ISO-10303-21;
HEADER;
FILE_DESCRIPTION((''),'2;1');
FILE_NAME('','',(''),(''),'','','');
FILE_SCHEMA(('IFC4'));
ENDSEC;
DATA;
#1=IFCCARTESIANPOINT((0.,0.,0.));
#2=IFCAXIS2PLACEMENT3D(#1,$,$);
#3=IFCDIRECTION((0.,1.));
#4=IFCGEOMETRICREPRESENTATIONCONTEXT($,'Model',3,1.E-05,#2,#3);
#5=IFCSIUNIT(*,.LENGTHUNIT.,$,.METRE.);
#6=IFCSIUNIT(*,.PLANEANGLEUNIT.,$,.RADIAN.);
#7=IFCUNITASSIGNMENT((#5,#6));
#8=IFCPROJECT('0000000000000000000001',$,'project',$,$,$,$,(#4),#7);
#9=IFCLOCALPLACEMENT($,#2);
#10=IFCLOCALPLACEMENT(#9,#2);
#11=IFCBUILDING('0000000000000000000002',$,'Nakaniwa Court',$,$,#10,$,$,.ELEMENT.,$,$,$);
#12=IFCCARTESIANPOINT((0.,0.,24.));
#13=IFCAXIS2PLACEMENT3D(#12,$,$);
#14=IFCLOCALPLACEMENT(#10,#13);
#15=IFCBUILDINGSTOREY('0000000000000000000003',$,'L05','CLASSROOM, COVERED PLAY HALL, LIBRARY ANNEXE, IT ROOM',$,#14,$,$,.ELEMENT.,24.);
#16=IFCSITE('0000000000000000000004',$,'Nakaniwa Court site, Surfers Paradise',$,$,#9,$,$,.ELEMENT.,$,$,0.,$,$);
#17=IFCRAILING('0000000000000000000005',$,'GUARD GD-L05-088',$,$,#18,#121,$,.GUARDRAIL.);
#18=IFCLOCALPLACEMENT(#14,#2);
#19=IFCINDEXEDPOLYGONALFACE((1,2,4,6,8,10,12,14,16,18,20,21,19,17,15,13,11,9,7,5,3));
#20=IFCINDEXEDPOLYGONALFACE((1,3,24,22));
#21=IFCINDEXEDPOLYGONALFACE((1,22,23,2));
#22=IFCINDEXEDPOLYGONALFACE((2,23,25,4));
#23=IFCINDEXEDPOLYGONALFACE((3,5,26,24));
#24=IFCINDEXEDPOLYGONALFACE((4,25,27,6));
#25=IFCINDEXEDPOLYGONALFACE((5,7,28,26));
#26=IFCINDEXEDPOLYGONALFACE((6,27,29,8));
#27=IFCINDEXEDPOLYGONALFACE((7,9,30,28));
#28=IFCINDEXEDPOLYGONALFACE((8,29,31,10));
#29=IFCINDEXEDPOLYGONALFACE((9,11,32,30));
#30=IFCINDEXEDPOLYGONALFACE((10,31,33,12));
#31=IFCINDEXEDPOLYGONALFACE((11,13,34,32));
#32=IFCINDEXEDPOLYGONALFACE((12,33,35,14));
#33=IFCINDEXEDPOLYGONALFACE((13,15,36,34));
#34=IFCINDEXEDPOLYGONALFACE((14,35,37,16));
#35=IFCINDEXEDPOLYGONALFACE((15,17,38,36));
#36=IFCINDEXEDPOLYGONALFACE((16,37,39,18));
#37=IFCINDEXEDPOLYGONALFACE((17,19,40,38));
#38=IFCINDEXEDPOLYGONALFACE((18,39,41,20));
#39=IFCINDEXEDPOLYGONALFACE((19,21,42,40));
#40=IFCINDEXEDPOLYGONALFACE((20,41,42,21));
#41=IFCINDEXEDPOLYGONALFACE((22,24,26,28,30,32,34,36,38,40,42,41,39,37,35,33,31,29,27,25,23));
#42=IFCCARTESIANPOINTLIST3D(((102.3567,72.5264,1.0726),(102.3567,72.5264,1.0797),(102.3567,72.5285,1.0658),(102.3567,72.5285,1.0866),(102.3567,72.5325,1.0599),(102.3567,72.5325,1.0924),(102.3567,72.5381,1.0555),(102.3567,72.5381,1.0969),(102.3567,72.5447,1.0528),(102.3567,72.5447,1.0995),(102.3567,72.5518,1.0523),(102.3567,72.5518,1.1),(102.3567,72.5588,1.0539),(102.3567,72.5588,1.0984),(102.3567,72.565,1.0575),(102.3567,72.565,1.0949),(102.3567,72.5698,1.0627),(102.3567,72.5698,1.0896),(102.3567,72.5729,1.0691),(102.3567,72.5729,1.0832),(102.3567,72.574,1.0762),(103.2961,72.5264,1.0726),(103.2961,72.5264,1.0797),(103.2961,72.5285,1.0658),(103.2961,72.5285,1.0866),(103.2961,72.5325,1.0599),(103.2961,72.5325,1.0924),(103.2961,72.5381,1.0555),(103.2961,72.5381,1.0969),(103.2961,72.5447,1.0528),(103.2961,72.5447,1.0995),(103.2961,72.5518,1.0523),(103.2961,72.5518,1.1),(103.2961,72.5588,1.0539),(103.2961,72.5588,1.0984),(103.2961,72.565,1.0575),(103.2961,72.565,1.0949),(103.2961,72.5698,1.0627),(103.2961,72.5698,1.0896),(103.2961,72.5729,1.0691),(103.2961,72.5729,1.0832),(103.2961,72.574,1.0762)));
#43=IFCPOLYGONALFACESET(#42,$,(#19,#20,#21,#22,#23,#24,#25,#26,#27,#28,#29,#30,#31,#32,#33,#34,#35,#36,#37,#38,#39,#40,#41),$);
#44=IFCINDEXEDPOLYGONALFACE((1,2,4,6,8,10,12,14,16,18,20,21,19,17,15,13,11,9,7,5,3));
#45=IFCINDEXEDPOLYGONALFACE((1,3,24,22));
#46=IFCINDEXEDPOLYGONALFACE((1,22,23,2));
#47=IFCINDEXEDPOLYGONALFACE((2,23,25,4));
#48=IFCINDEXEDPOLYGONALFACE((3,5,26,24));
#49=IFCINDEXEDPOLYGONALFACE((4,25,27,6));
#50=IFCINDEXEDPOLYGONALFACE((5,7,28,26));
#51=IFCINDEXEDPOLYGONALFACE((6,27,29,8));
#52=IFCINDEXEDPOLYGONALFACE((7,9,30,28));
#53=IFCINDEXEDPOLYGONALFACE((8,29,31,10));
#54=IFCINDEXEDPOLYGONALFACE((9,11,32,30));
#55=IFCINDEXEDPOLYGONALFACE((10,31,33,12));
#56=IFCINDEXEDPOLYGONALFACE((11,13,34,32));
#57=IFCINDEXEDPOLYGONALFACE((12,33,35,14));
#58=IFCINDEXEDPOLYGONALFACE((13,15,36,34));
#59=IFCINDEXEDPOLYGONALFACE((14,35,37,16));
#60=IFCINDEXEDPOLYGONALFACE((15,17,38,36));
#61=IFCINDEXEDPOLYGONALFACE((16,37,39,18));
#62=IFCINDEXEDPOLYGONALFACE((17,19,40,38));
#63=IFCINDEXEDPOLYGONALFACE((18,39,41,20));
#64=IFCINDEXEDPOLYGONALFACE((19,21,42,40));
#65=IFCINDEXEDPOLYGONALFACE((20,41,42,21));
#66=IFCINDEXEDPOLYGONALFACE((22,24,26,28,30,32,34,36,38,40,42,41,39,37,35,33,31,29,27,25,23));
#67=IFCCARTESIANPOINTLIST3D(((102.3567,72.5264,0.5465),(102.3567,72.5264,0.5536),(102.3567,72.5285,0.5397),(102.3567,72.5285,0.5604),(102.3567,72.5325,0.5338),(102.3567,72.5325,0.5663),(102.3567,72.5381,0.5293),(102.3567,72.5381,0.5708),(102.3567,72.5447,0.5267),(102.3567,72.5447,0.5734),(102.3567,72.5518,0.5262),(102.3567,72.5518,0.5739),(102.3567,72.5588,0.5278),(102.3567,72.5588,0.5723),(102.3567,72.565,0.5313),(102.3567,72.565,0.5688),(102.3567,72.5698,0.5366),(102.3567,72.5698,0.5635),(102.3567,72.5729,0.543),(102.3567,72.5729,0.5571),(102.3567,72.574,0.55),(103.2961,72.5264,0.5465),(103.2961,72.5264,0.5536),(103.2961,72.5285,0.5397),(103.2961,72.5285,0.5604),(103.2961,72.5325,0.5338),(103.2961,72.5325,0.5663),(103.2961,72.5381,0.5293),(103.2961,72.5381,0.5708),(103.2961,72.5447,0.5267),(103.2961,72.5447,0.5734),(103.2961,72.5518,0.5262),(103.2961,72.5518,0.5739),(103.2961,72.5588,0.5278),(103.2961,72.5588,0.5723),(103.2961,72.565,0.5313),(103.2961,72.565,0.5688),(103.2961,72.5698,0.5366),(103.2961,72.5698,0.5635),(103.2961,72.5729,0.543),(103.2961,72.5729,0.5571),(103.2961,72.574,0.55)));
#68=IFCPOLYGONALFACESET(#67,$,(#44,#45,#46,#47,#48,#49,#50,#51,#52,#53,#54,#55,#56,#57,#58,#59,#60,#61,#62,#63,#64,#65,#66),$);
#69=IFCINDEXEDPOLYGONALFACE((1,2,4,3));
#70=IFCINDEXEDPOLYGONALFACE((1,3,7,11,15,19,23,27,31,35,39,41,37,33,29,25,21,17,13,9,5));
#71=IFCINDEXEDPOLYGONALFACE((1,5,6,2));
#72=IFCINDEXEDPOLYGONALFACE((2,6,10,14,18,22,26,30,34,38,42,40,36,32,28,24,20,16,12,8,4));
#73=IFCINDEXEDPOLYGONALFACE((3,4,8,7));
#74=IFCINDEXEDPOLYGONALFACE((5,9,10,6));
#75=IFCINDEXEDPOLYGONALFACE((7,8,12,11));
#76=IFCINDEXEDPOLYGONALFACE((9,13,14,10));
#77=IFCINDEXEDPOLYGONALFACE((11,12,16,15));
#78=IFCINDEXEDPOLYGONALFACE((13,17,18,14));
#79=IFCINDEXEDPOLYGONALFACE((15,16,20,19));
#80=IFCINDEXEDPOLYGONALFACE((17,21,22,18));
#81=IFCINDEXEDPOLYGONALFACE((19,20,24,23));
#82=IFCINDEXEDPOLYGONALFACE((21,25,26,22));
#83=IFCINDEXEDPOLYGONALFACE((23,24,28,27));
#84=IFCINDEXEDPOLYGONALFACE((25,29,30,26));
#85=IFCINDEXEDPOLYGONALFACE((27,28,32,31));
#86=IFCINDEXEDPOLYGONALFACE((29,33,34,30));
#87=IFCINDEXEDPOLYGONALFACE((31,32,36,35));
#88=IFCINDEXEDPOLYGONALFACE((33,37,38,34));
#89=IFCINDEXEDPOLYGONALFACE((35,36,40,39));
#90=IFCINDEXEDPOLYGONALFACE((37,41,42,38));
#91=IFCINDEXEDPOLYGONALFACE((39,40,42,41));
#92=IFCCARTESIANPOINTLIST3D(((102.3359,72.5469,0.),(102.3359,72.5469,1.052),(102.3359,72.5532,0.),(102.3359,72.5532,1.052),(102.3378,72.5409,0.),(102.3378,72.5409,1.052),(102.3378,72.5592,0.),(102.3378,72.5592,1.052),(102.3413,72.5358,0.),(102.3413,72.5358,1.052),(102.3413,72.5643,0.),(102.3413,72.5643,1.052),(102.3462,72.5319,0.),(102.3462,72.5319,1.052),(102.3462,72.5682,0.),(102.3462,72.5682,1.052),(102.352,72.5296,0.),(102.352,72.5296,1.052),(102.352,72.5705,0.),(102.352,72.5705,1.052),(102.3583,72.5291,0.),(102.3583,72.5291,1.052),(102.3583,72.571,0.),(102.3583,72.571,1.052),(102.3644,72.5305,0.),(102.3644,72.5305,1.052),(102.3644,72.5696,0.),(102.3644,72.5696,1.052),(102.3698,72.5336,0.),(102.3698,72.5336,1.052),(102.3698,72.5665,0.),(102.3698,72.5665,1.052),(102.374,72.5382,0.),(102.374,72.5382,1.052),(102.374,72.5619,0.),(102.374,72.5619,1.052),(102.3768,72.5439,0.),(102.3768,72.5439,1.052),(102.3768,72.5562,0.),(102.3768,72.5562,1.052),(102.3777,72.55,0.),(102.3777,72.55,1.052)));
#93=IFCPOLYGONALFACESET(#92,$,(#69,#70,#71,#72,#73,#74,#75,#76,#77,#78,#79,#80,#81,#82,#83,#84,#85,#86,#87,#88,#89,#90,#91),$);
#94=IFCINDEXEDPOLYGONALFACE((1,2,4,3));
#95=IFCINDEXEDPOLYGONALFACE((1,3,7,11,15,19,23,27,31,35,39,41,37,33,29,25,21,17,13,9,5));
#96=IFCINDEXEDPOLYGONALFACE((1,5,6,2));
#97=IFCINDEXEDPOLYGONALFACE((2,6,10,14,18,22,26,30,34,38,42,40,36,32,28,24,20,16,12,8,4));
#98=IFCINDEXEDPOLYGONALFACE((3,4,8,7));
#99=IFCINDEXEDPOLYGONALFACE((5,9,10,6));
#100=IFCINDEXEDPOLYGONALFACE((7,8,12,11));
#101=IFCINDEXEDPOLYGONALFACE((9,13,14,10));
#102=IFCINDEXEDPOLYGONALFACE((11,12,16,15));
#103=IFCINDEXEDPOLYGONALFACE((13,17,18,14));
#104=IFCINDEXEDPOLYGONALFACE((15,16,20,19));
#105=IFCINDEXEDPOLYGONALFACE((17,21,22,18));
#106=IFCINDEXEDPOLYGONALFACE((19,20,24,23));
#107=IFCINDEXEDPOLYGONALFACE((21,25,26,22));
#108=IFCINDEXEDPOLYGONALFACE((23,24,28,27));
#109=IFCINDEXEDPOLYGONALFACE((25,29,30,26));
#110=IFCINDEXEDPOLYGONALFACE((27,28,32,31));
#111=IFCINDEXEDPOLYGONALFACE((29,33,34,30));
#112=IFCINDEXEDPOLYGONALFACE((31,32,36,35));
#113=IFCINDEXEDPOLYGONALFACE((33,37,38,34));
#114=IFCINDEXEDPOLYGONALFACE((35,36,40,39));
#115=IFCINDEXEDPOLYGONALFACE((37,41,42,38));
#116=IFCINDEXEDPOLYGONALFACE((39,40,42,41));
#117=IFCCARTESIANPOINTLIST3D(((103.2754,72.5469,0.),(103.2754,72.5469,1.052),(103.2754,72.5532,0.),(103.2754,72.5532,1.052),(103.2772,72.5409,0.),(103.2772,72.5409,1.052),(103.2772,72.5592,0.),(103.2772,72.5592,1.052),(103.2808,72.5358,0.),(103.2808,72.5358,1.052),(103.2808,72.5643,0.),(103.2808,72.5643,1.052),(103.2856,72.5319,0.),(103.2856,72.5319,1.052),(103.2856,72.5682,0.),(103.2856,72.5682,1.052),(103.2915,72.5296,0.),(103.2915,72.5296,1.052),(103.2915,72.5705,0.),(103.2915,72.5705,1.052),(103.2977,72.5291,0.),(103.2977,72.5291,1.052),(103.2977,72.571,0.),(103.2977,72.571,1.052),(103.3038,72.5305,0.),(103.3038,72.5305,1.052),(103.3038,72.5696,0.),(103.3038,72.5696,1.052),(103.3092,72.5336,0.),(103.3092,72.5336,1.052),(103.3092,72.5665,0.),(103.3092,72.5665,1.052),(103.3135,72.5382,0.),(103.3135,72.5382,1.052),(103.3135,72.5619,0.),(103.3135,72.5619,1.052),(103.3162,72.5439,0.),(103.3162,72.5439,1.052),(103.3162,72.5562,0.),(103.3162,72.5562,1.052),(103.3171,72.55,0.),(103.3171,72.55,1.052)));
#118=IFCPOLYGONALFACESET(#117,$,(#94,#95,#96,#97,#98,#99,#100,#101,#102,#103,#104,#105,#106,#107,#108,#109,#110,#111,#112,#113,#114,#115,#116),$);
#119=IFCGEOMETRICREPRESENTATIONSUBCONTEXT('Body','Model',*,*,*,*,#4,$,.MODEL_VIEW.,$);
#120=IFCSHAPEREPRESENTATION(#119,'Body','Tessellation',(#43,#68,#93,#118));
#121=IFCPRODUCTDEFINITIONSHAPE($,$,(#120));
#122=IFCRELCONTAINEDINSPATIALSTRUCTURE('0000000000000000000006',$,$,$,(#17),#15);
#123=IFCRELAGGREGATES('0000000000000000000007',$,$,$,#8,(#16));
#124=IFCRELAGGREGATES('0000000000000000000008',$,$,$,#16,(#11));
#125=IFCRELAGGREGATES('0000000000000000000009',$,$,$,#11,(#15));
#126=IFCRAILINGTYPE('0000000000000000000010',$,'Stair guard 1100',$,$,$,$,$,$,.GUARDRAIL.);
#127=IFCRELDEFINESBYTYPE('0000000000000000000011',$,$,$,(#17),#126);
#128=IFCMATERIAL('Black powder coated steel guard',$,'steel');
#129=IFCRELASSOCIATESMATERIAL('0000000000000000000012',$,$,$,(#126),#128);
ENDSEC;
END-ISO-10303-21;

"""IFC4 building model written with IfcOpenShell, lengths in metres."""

from ifc_helpers import new_model, si_unit, direction, frame, origin, origin_2d, place, context, subcontext, project, spatial, circle, extrude, material, type_object, element, save


model = new_model("IFC4")

# Units and contexts
model_context = context("Model", 3, precision=1e-05, world=origin(), true_north=direction((0.0, 1.0)))
body_context = subcontext(model_context, "Body", "Model", "MODEL_VIEW")
ifc_project = project(units=[si_unit("LENGTHUNIT", "METRE"), si_unit("PLANEANGLEUNIT", "RADIAN")], contexts=[model_context])

# Site, building, storey
site_placement = place(None, origin())
site = spatial("IfcSite", under=ifc_project, at=site_placement, Name="Nakaniwa Court site, Surfers Paradise", CompositionType="ELEMENT", RefElevation=0.0)
building_placement = place(site_placement, origin())
building = spatial("IfcBuilding", under=site, at=building_placement, Name="Nakaniwa Court", CompositionType="ELEMENT")
storey_placement = place(building_placement, frame((0.0, 0.0, 24.0)))
storey = spatial("IfcBuildingStorey", under=building, at=storey_placement, Name="L05", Description="CLASSROOM, COVERED PLAY HALL, LIBRARY ANNEXE, IT ROOM", CompositionType="ELEMENT", Elevation=24.0)

# Railing
ifc_material_1 = material(Name="Black powder coated steel guard", Category="steel")
railing_type_1 = type_object("IfcRailingType", Name="Stair guard 1100", PredefinedType="GUARDRAIL", material=ifc_material_1)
railing_1_placement = place(storey_placement, frame((102.3567, 72.55, 0.0)))
element("IfcRailing", 1, at=railing_1_placement, inside=storey, type_object=railing_type_1, Name="GUARD GD-L05-088", PredefinedType="GUARDRAIL", context=body_context, shape_type="SweptSolid", body=[
    extrude(circle(Radius=0.0239, at=origin_2d()), frame((0.0, 0.0, 1.0762), z_axis=(1.0, 0.0, 0.0), x_axis=(0.0, 1.0, 0.0)), (0.0, 0.0, 1.0), 0.9395),
    extrude(circle(Radius=0.0239, at=origin_2d()), frame((0.0, 0.0, 0.55), z_axis=(1.0, 0.0, 0.0), x_axis=(0.0, 1.0, 0.0)), (0.0, 0.0, 1.0), 0.9395),
    extrude(circle(Radius=0.021, at=origin_2d()), origin(), (0.0, 0.0, 1.0), 1.052),
    extrude(circle(Radius=0.021, at=origin_2d()), frame((0.9395, 0.0, 0.0)), (0.0, 0.0, 1.0), 1.052),
])

save(model, "model.ifc")
